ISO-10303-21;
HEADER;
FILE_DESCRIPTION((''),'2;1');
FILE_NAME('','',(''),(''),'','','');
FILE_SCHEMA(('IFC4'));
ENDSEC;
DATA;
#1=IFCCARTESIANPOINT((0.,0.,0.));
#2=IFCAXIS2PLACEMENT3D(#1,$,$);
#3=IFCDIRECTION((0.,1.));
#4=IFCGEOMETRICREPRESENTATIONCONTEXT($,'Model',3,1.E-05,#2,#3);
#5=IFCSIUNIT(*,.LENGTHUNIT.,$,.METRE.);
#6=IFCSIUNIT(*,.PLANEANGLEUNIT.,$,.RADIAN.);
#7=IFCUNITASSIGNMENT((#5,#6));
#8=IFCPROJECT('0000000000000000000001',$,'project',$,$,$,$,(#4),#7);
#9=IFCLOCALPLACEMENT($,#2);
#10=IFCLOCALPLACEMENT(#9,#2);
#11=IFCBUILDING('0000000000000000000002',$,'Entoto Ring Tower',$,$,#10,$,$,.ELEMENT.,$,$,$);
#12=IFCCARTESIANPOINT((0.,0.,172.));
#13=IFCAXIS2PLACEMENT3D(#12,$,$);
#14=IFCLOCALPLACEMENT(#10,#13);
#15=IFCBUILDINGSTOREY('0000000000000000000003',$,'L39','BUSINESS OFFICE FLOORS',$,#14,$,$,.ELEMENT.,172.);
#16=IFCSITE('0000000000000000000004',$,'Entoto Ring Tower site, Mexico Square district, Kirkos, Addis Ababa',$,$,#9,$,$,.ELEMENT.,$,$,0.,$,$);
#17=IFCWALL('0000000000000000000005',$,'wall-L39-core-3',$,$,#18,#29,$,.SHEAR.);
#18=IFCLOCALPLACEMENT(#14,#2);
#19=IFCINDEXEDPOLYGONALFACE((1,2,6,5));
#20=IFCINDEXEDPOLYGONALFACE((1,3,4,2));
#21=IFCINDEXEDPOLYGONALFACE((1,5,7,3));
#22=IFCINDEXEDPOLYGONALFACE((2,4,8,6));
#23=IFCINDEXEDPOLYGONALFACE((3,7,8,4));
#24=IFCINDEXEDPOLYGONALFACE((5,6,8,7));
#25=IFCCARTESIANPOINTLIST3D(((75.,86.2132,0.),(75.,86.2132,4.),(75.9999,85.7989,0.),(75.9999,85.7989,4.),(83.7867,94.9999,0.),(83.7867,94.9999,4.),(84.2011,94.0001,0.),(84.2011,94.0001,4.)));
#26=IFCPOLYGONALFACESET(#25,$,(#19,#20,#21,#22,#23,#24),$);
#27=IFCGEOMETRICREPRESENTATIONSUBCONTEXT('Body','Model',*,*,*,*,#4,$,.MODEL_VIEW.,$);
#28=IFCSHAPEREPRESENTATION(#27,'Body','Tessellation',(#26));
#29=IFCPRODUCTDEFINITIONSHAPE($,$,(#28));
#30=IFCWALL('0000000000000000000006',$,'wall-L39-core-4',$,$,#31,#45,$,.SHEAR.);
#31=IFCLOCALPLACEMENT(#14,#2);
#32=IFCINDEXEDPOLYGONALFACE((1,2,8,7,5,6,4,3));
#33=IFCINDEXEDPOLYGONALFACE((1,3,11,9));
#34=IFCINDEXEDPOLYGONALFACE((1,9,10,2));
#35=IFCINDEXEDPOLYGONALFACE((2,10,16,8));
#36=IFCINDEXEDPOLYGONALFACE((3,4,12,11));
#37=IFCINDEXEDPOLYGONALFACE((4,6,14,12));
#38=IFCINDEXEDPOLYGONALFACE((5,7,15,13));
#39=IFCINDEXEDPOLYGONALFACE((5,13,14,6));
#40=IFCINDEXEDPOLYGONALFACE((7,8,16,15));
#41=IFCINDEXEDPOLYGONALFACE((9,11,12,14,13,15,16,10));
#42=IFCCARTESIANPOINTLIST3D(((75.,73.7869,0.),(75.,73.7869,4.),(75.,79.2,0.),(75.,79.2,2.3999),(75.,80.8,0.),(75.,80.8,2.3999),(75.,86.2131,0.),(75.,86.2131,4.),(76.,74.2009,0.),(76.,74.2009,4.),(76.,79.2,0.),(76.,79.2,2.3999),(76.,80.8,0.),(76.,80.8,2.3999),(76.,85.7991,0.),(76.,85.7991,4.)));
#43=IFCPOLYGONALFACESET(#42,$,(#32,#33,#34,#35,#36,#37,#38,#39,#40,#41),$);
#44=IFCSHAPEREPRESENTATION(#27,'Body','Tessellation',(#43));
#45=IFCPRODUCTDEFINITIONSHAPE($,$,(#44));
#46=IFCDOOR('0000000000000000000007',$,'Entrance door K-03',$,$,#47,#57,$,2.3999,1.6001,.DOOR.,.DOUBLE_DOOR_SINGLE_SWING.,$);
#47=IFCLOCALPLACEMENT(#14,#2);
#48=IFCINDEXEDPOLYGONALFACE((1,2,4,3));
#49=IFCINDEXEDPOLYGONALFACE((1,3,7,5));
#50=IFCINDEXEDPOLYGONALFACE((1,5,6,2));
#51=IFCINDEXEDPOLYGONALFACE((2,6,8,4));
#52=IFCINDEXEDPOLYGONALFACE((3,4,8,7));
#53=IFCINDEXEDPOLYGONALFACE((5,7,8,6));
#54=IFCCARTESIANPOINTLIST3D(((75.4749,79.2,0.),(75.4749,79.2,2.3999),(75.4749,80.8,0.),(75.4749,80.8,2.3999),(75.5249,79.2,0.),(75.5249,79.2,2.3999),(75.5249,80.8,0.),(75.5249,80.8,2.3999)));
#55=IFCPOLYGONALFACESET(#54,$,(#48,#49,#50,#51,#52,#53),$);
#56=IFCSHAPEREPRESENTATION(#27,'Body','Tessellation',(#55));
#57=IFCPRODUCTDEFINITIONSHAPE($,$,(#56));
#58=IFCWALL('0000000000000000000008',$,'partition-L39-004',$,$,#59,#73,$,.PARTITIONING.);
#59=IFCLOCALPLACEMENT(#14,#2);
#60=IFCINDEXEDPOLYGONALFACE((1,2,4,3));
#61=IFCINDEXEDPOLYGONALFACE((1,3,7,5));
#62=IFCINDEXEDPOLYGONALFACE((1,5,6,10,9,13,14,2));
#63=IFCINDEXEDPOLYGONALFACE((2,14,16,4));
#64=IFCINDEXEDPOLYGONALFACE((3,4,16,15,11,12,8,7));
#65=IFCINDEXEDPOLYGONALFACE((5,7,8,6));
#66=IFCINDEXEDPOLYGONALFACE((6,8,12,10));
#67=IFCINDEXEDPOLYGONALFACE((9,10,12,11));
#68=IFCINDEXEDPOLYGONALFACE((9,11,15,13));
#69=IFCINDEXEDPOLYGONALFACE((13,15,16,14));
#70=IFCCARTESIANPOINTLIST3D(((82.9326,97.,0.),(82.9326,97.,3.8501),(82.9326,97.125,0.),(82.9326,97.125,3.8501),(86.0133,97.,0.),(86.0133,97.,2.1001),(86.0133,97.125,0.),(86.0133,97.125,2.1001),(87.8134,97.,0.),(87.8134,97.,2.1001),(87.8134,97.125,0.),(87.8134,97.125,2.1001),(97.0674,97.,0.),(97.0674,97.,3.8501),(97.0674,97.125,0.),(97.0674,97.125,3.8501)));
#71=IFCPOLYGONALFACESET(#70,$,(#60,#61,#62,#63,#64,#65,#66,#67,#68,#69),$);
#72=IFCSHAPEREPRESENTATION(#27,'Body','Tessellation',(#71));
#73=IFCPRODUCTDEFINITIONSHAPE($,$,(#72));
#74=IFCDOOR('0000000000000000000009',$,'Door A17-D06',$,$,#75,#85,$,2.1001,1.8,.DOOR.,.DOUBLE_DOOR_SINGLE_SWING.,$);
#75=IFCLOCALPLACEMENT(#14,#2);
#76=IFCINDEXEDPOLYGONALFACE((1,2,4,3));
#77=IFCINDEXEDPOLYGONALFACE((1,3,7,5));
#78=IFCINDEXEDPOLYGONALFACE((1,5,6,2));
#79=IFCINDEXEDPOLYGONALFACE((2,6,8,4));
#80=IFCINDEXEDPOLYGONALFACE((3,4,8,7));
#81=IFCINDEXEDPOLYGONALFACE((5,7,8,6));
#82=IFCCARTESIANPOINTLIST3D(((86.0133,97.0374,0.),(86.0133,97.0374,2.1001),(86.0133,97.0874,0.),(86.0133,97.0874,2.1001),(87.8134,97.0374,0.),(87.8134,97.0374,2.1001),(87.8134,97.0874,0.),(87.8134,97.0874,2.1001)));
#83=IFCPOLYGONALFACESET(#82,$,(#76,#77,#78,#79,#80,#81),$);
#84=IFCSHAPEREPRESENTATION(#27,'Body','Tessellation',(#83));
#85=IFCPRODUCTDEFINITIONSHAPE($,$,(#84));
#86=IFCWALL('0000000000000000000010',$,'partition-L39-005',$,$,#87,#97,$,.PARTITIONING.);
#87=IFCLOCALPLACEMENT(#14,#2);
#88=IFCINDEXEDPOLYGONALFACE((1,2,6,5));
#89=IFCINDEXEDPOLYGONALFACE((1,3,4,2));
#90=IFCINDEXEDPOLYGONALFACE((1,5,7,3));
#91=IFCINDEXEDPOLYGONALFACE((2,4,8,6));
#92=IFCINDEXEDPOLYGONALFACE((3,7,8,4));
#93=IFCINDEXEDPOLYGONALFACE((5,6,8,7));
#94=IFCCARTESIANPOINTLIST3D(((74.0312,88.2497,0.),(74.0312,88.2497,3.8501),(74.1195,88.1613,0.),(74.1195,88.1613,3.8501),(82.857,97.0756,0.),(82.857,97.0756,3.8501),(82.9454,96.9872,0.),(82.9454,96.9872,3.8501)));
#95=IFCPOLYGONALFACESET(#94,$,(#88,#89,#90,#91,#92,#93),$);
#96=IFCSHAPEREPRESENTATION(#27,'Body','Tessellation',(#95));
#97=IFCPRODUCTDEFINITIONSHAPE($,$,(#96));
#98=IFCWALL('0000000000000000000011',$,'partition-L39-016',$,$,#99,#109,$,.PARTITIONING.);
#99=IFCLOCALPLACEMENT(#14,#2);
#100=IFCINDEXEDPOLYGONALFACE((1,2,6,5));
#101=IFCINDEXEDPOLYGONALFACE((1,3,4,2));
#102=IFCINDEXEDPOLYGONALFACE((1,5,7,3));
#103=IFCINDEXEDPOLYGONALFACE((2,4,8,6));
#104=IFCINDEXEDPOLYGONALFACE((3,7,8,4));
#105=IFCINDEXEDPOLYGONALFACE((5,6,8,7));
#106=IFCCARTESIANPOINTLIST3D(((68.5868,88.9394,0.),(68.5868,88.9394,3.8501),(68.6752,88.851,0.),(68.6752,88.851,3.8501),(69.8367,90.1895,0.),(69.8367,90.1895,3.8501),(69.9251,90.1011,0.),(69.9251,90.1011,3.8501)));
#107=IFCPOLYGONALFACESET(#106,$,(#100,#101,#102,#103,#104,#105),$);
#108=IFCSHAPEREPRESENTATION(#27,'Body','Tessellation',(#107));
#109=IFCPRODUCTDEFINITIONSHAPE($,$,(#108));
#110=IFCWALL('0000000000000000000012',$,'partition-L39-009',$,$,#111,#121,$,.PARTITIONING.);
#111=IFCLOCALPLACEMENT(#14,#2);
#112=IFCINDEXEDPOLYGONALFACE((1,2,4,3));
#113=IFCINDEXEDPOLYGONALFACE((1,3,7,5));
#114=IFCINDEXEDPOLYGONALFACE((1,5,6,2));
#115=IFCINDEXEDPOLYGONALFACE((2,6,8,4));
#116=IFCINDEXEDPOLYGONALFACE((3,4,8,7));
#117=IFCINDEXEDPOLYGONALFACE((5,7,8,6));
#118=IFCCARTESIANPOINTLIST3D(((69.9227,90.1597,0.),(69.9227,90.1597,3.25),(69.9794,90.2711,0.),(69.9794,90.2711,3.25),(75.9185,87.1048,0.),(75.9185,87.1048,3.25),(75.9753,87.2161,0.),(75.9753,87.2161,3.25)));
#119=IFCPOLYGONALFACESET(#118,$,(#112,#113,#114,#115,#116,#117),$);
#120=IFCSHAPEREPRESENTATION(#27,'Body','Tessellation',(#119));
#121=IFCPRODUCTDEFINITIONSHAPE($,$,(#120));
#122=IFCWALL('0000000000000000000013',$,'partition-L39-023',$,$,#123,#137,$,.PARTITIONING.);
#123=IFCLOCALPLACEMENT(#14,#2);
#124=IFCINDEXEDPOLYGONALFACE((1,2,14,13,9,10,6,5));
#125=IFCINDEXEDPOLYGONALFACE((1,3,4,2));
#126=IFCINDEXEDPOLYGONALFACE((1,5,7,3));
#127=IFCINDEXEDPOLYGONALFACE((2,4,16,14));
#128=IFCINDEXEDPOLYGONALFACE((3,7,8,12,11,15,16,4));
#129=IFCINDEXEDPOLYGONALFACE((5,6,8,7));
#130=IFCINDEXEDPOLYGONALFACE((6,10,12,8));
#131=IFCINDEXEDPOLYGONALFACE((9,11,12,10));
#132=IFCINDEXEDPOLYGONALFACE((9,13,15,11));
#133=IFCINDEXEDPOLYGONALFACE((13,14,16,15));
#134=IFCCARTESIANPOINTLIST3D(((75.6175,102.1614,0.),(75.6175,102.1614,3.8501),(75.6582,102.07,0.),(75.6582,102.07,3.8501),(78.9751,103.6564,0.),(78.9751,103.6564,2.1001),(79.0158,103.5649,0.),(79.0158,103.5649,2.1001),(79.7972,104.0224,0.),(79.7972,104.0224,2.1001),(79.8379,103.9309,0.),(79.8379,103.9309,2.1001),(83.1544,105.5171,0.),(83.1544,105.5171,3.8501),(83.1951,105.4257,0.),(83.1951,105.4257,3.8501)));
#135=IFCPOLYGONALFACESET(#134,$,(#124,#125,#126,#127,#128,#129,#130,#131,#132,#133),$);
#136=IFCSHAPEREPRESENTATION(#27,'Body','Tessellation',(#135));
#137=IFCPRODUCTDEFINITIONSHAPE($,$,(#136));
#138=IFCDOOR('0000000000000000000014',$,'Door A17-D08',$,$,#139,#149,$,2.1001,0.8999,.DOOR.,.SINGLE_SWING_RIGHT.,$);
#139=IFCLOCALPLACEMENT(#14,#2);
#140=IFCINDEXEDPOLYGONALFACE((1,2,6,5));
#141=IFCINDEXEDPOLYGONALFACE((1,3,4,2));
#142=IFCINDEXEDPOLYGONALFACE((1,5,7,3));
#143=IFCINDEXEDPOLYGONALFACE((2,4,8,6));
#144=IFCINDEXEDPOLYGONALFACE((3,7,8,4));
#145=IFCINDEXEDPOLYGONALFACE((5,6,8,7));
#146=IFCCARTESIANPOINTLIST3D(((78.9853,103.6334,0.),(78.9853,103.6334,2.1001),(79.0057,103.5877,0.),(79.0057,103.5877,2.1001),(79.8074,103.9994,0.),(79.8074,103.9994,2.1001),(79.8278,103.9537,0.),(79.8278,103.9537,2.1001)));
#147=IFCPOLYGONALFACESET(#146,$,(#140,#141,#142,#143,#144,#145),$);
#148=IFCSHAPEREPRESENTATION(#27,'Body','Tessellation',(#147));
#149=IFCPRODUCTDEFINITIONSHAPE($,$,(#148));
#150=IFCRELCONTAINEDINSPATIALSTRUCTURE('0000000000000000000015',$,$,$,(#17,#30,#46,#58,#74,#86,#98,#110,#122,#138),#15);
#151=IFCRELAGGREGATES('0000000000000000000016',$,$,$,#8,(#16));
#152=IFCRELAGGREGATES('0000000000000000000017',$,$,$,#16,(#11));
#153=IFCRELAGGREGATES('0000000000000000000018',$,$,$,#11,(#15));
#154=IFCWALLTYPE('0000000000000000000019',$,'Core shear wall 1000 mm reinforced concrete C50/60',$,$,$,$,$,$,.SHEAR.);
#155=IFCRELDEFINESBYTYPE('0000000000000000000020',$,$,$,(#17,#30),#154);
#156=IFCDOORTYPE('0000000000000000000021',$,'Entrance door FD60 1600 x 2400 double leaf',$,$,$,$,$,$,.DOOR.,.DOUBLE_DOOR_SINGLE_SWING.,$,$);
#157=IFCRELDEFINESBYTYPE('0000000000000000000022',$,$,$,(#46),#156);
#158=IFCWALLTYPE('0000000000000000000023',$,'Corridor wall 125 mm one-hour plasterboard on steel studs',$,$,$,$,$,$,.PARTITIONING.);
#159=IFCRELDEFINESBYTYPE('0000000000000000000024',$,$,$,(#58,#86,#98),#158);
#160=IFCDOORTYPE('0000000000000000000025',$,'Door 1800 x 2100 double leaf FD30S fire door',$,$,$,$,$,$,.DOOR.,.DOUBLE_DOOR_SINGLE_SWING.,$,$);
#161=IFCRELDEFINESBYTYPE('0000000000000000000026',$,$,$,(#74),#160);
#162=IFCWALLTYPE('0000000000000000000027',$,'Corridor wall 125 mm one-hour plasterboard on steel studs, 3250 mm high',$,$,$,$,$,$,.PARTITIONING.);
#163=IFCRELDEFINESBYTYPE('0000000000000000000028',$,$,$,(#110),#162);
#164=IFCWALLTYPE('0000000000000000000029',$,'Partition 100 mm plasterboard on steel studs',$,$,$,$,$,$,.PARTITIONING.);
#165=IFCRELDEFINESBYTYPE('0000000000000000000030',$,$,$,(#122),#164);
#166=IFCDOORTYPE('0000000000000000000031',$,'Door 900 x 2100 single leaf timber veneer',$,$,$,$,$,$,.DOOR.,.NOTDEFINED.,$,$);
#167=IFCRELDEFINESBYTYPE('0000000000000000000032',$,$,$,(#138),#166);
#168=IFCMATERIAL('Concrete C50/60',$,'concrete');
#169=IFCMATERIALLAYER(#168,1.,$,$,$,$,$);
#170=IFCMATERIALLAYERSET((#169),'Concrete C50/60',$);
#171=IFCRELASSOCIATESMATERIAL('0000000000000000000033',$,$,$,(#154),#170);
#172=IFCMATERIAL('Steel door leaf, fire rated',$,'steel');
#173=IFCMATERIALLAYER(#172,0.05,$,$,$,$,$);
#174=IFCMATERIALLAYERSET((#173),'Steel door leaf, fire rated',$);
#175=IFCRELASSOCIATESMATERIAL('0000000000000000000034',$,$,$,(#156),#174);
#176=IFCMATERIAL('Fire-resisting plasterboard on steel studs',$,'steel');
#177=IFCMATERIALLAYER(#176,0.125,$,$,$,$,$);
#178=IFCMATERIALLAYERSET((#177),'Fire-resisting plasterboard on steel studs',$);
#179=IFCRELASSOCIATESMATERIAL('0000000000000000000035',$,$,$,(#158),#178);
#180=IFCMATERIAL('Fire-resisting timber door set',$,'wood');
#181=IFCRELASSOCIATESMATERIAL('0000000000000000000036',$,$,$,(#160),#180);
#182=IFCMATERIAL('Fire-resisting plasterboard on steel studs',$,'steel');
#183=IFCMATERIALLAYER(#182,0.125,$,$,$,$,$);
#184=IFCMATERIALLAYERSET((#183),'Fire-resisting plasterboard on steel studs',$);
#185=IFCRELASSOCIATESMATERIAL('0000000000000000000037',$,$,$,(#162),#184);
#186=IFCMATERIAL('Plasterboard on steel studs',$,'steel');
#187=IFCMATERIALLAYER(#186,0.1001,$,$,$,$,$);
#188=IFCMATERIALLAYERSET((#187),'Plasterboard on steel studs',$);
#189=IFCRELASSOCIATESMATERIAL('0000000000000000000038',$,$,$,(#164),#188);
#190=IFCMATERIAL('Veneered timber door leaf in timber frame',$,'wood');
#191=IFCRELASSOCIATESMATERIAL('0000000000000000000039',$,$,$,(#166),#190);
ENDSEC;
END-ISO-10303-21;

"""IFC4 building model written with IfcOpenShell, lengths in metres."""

from ifc_helpers import new_model, si_unit, direction, frame, frame_2d, origin, place, context, subcontext, project, spatial, polyline, rectangle, outline, extrude, material, layer, layer_set, type_object, element, fill, save


model = new_model("IFC4")

# Units and contexts
model_context = context("Model", 3, precision=1e-05, world=origin(), true_north=direction((0.0, 1.0)))
body_context = subcontext(model_context, "Body", "Model", "MODEL_VIEW")
ifc_project = project(units=[si_unit("LENGTHUNIT", "METRE"), si_unit("PLANEANGLEUNIT", "RADIAN")], contexts=[model_context])

# Site, building, storey
site_placement = place(None, origin())
site = spatial("IfcSite", under=ifc_project, at=site_placement, Name="Entoto Ring Tower site, Mexico Square district, Kirkos, Addis Ababa", CompositionType="ELEMENT", RefElevation=0.0)
building_placement = place(site_placement, origin())
building = spatial("IfcBuilding", under=site, at=building_placement, Name="Entoto Ring Tower", CompositionType="ELEMENT")
storey_placement = place(building_placement, frame((0.0, 0.0, 172.0)))
storey = spatial("IfcBuildingStorey", under=building, at=storey_placement, Name="L39", Description="BUSINESS OFFICE FLOORS", CompositionType="ELEMENT", Elevation=172.0)

# Wall
ifc_material_1 = material(Name="Concrete C50/60", Category="concrete")
ifc_layer_1 = layer(ifc_material_1, 1.0)
ifc_layer_set_1 = layer_set([ifc_layer_1], Name="Concrete C50/60")
wall_type_1 = type_object("IfcWallType", Name="Core shear wall 1000 mm reinforced concrete C50/60", PredefinedType="SHEAR", material=ifc_layer_set_1)
wall_1_placement = place(storey_placement, frame((83.9939, 94.5, 0.0), z_axis=(0.0, 0.0, 1.0), x_axis=(-0.707107, -0.707107, 0.0)))
element("IfcWall", 1, at=wall_1_placement, inside=storey, type_object=wall_type_1, Name="wall-L39-core-3", PredefinedType="SHEAR", context=body_context, shape_type="SweptSolid", body=[
    extrude(outline(polyline([(-0.207, -0.5), (12.2192, -0.5), (11.8052, 0.5), (0.207, 0.5), (-0.207, -0.5)])), origin(), (0.0, 0.0, 1.0), 4.0),
])

# Walls, openings, doors
wall_2_placement = place(storey_placement, frame((75.5, 86.0061, 0.0), z_axis=(0.0, 0.0, 1.0), x_axis=(0.0, -1.0, 0.0)))
wall_2 = element("IfcWall", 2, at=wall_2_placement, inside=storey, type_object=wall_type_1, Name="wall-L39-core-4", PredefinedType="SHEAR", context=body_context, shape_type="SweptSolid", body=[
    extrude(outline(polyline([(-0.207, -0.5), (12.2192, -0.5), (11.8052, 0.5), (0.207, 0.5), (-0.207, -0.5)])), origin(), (0.0, 0.0, 1.0), 4.0),
])
opening_1_placement = place(wall_2_placement, frame((5.2061, 0.0, 0.0)))
opening_1 = element("IfcOpeningElement", 3, at=opening_1_placement, cuts=wall_2, PredefinedType="OPENING", context=body_context, shape_type="SweptSolid", body=[
    extrude(rectangle(XDim=1.6001, YDim=2.3999, at=frame_2d((0.8, 1.2))), frame((0.0, 0.51, 0.0), z_axis=(0.0, -1.0, 0.0), x_axis=(1.0, 0.0, 0.0)), (0.0, 0.0, 1.0), 1.02),
])
ifc_material_2 = material(Name="Steel door leaf, fire rated", Category="steel")
ifc_layer_2 = layer(ifc_material_2, 0.05)
ifc_layer_set_2 = layer_set([ifc_layer_2], Name="Steel door leaf, fire rated")
door_type_1 = type_object("IfcDoorType", Name="Entrance door FD60 1600 x 2400 double leaf", OperationType="DOUBLE_DOOR_SINGLE_SWING", PredefinedType="DOOR", material=ifc_layer_set_2)
door_1_placement = place(opening_1_placement, origin())
door_1 = element("IfcDoor", 4, at=door_1_placement, inside=storey, type_object=door_type_1, Name="Entrance door K-03", OperationType="DOUBLE_DOOR_SINGLE_SWING", OverallHeight=2.3999, OverallWidth=1.6001, PredefinedType="DOOR", context=body_context, shape_type="SweptSolid", body=[
    extrude(rectangle(XDim=1.6001, YDim=2.3999, at=frame_2d((0.8, 1.2))), frame((0.0, 0.0249, 0.0), z_axis=(0.0, -1.0, 0.0), x_axis=(1.0, 0.0, 0.0)), (0.0, 0.0, 1.0), 0.05),
])
fill(opening_1, door_1)
ifc_material_3 = material(Name="Fire-resisting plasterboard on steel studs", Category="steel")
ifc_layer_3 = layer(ifc_material_3, 0.125)
ifc_layer_set_3 = layer_set([ifc_layer_3], Name="Fire-resisting plasterboard on steel studs")
wall_type_2 = type_object("IfcWallType", Name="Corridor wall 125 mm one-hour plasterboard on steel studs", PredefinedType="PARTITIONING", material=ifc_layer_set_3)
wall_3_placement = place(storey_placement, frame((82.9326, 97.0625, 0.0), z_axis=(0.0, 0.0, 1.0), x_axis=(1.0, 0.0, 0.0)))
wall_3 = element("IfcWall", 5, at=wall_3_placement, inside=storey, type_object=wall_type_2, Name="partition-L39-004", PredefinedType="PARTITIONING", context=body_context, shape_type="SweptSolid", body=[
    extrude(rectangle(XDim=14.1348, YDim=0.125, at=frame_2d((7.0674, 0.0))), origin(), (0.0, 0.0, 1.0), 3.8501),
])
opening_2_placement = place(wall_3_placement, frame((3.0808, 0.0, 0.0)))
opening_2 = element("IfcOpeningElement", 6, at=opening_2_placement, cuts=wall_3, PredefinedType="OPENING", context=body_context, shape_type="SweptSolid", body=[
    extrude(rectangle(XDim=1.8, YDim=2.1001, at=frame_2d((0.8999, 1.05))), frame((0.0, 0.0725, 0.0), z_axis=(0.0, -1.0, 0.0), x_axis=(1.0, 0.0, 0.0)), (0.0, 0.0, 1.0), 0.145),
])
ifc_material_4 = material(Name="Fire-resisting timber door set", Category="wood")
door_type_2 = type_object("IfcDoorType", Name="Door 1800 x 2100 double leaf FD30S fire door", OperationType="DOUBLE_DOOR_SINGLE_SWING", PredefinedType="DOOR", material=ifc_material_4)
door_2_placement = place(opening_2_placement, origin())
door_2 = element("IfcDoor", 7, at=door_2_placement, inside=storey, type_object=door_type_2, Name="Door A17-D06", OperationType="DOUBLE_DOOR_SINGLE_SWING", OverallHeight=2.1001, OverallWidth=1.8, PredefinedType="DOOR", context=body_context, shape_type="SweptSolid", body=[
    extrude(rectangle(XDim=1.8, YDim=2.1001, at=frame_2d((0.8999, 1.05))), frame((0.0, 0.0249, 0.0), z_axis=(0.0, -1.0, 0.0), x_axis=(1.0, 0.0, 0.0)), (0.0, 0.0, 1.0), 0.05),
])
fill(opening_2, door_2)

# Walls
wall_4_placement = place(storey_placement, frame((74.0754, 88.2056, 0.0), z_axis=(0.0, 0.0, 1.0), x_axis=(0.707107, 0.707107, 0.0)))
element("IfcWall", 8, at=wall_4_placement, inside=storey, type_object=wall_type_2, Name="partition-L39-005", PredefinedType="PARTITIONING", context=body_context, shape_type="SweptSolid", body=[
    extrude(rectangle(XDim=12.4817, YDim=0.125, at=frame_2d((6.2407, 0.0))), origin(), (0.0, 0.0, 1.0), 3.8501),
])
wall_5_placement = place(storey_placement, frame((68.6311, 88.8953, 0.0), z_axis=(0.0, 0.0, 1.0), x_axis=(0.707038, 0.707176, 0.0)))
element("IfcWall", 9, at=wall_5_placement, inside=storey, type_object=wall_type_2, Name="partition-L39-016", PredefinedType="PARTITIONING", context=body_context, shape_type="SweptSolid", body=[
    extrude(rectangle(XDim=1.7678, YDim=0.125, at=frame_2d((0.8838, 0.0))), origin(), (0.0, 0.0, 1.0), 3.8501),
])
ifc_material_5 = material(Name="Fire-resisting plasterboard on steel studs", Category="steel")
ifc_layer_4 = layer(ifc_material_5, 0.125)
ifc_layer_set_4 = layer_set([ifc_layer_4], Name="Fire-resisting plasterboard on steel studs")
wall_type_3 = type_object("IfcWallType", Name="Corridor wall 125 mm one-hour plasterboard on steel studs, 3250 mm high", PredefinedType="PARTITIONING", material=ifc_layer_set_4)
wall_6_placement = place(storey_placement, frame((75.947, 87.1604, 0.0), z_axis=(0.0, 0.0, 1.0), x_axis=(-0.891013, 0.453978, 0.0)))
element("IfcWall", 10, at=wall_6_placement, inside=storey, type_object=wall_type_3, Name="partition-L39-009", PredefinedType="PARTITIONING", context=body_context, shape_type="SweptSolid", body=[
    extrude(rectangle(XDim=6.7292, YDim=0.125, at=frame_2d((3.3647, 0.0))), origin(), (0.0, 0.0, 1.0), 3.25),
])

# Wall, opening, door
ifc_material_6 = material(Name="Plasterboard on steel studs", Category="steel")
ifc_layer_5 = layer(ifc_material_6, 0.1001)
ifc_layer_set_5 = layer_set([ifc_layer_5], Name="Plasterboard on steel studs")
wall_type_4 = type_object("IfcWallType", Name="Partition 100 mm plasterboard on steel studs", PredefinedType="PARTITIONING", material=ifc_layer_set_5)
wall_7_placement = place(storey_placement, frame((75.6379, 102.1157, 0.0), z_axis=(0.0, 0.0, 1.0), x_axis=(0.913542, 0.406745, 0.0)))
wall_7 = element("IfcWall", 11, at=wall_7_placement, inside=storey, type_object=wall_type_4, Name="partition-L39-023", PredefinedType="PARTITIONING", context=body_context, shape_type="SweptSolid", body=[
    extrude(rectangle(XDim=8.2502, YDim=0.1001, at=frame_2d((4.125, 0.0))), origin(), (0.0, 0.0, 1.0), 3.8501),
])
opening_3_placement = place(wall_7_placement, frame((3.6753, 0.0, 0.0)))
opening_3 = element("IfcOpeningElement", 12, at=opening_3_placement, cuts=wall_7, PredefinedType="OPENING", context=body_context, shape_type="SweptSolid", body=[
    extrude(rectangle(XDim=0.8999, YDim=2.1001, at=frame_2d((0.45, 1.05))), frame((0.0, 0.0601, 0.0), z_axis=(0.0, -1.0, 0.0), x_axis=(1.0, 0.0, 0.0)), (0.0, 0.0, 1.0), 0.1201),
])
ifc_material_7 = material(Name="Veneered timber door leaf in timber frame", Category="wood")
door_type_3 = type_object("IfcDoorType", Name="Door 900 x 2100 single leaf timber veneer", OperationType="NOTDEFINED", PredefinedType="DOOR", material=ifc_material_7)
door_3_placement = place(opening_3_placement, origin())
door_3 = element("IfcDoor", 13, at=door_3_placement, inside=storey, type_object=door_type_3, Name="Door A17-D08", OperationType="SINGLE_SWING_RIGHT", OverallHeight=2.1001, OverallWidth=0.8999, PredefinedType="DOOR", context=body_context, shape_type="SweptSolid", body=[
    extrude(rectangle(XDim=0.8999, YDim=2.1001, at=frame_2d((0.45, 1.05))), frame((0.0, 0.0249, 0.0), z_axis=(0.0, -1.0, 0.0), x_axis=(1.0, 0.0, 0.0)), (0.0, 0.0, 1.0), 0.05),
])
fill(opening_3, door_3)

save(model, "model.ifc")
